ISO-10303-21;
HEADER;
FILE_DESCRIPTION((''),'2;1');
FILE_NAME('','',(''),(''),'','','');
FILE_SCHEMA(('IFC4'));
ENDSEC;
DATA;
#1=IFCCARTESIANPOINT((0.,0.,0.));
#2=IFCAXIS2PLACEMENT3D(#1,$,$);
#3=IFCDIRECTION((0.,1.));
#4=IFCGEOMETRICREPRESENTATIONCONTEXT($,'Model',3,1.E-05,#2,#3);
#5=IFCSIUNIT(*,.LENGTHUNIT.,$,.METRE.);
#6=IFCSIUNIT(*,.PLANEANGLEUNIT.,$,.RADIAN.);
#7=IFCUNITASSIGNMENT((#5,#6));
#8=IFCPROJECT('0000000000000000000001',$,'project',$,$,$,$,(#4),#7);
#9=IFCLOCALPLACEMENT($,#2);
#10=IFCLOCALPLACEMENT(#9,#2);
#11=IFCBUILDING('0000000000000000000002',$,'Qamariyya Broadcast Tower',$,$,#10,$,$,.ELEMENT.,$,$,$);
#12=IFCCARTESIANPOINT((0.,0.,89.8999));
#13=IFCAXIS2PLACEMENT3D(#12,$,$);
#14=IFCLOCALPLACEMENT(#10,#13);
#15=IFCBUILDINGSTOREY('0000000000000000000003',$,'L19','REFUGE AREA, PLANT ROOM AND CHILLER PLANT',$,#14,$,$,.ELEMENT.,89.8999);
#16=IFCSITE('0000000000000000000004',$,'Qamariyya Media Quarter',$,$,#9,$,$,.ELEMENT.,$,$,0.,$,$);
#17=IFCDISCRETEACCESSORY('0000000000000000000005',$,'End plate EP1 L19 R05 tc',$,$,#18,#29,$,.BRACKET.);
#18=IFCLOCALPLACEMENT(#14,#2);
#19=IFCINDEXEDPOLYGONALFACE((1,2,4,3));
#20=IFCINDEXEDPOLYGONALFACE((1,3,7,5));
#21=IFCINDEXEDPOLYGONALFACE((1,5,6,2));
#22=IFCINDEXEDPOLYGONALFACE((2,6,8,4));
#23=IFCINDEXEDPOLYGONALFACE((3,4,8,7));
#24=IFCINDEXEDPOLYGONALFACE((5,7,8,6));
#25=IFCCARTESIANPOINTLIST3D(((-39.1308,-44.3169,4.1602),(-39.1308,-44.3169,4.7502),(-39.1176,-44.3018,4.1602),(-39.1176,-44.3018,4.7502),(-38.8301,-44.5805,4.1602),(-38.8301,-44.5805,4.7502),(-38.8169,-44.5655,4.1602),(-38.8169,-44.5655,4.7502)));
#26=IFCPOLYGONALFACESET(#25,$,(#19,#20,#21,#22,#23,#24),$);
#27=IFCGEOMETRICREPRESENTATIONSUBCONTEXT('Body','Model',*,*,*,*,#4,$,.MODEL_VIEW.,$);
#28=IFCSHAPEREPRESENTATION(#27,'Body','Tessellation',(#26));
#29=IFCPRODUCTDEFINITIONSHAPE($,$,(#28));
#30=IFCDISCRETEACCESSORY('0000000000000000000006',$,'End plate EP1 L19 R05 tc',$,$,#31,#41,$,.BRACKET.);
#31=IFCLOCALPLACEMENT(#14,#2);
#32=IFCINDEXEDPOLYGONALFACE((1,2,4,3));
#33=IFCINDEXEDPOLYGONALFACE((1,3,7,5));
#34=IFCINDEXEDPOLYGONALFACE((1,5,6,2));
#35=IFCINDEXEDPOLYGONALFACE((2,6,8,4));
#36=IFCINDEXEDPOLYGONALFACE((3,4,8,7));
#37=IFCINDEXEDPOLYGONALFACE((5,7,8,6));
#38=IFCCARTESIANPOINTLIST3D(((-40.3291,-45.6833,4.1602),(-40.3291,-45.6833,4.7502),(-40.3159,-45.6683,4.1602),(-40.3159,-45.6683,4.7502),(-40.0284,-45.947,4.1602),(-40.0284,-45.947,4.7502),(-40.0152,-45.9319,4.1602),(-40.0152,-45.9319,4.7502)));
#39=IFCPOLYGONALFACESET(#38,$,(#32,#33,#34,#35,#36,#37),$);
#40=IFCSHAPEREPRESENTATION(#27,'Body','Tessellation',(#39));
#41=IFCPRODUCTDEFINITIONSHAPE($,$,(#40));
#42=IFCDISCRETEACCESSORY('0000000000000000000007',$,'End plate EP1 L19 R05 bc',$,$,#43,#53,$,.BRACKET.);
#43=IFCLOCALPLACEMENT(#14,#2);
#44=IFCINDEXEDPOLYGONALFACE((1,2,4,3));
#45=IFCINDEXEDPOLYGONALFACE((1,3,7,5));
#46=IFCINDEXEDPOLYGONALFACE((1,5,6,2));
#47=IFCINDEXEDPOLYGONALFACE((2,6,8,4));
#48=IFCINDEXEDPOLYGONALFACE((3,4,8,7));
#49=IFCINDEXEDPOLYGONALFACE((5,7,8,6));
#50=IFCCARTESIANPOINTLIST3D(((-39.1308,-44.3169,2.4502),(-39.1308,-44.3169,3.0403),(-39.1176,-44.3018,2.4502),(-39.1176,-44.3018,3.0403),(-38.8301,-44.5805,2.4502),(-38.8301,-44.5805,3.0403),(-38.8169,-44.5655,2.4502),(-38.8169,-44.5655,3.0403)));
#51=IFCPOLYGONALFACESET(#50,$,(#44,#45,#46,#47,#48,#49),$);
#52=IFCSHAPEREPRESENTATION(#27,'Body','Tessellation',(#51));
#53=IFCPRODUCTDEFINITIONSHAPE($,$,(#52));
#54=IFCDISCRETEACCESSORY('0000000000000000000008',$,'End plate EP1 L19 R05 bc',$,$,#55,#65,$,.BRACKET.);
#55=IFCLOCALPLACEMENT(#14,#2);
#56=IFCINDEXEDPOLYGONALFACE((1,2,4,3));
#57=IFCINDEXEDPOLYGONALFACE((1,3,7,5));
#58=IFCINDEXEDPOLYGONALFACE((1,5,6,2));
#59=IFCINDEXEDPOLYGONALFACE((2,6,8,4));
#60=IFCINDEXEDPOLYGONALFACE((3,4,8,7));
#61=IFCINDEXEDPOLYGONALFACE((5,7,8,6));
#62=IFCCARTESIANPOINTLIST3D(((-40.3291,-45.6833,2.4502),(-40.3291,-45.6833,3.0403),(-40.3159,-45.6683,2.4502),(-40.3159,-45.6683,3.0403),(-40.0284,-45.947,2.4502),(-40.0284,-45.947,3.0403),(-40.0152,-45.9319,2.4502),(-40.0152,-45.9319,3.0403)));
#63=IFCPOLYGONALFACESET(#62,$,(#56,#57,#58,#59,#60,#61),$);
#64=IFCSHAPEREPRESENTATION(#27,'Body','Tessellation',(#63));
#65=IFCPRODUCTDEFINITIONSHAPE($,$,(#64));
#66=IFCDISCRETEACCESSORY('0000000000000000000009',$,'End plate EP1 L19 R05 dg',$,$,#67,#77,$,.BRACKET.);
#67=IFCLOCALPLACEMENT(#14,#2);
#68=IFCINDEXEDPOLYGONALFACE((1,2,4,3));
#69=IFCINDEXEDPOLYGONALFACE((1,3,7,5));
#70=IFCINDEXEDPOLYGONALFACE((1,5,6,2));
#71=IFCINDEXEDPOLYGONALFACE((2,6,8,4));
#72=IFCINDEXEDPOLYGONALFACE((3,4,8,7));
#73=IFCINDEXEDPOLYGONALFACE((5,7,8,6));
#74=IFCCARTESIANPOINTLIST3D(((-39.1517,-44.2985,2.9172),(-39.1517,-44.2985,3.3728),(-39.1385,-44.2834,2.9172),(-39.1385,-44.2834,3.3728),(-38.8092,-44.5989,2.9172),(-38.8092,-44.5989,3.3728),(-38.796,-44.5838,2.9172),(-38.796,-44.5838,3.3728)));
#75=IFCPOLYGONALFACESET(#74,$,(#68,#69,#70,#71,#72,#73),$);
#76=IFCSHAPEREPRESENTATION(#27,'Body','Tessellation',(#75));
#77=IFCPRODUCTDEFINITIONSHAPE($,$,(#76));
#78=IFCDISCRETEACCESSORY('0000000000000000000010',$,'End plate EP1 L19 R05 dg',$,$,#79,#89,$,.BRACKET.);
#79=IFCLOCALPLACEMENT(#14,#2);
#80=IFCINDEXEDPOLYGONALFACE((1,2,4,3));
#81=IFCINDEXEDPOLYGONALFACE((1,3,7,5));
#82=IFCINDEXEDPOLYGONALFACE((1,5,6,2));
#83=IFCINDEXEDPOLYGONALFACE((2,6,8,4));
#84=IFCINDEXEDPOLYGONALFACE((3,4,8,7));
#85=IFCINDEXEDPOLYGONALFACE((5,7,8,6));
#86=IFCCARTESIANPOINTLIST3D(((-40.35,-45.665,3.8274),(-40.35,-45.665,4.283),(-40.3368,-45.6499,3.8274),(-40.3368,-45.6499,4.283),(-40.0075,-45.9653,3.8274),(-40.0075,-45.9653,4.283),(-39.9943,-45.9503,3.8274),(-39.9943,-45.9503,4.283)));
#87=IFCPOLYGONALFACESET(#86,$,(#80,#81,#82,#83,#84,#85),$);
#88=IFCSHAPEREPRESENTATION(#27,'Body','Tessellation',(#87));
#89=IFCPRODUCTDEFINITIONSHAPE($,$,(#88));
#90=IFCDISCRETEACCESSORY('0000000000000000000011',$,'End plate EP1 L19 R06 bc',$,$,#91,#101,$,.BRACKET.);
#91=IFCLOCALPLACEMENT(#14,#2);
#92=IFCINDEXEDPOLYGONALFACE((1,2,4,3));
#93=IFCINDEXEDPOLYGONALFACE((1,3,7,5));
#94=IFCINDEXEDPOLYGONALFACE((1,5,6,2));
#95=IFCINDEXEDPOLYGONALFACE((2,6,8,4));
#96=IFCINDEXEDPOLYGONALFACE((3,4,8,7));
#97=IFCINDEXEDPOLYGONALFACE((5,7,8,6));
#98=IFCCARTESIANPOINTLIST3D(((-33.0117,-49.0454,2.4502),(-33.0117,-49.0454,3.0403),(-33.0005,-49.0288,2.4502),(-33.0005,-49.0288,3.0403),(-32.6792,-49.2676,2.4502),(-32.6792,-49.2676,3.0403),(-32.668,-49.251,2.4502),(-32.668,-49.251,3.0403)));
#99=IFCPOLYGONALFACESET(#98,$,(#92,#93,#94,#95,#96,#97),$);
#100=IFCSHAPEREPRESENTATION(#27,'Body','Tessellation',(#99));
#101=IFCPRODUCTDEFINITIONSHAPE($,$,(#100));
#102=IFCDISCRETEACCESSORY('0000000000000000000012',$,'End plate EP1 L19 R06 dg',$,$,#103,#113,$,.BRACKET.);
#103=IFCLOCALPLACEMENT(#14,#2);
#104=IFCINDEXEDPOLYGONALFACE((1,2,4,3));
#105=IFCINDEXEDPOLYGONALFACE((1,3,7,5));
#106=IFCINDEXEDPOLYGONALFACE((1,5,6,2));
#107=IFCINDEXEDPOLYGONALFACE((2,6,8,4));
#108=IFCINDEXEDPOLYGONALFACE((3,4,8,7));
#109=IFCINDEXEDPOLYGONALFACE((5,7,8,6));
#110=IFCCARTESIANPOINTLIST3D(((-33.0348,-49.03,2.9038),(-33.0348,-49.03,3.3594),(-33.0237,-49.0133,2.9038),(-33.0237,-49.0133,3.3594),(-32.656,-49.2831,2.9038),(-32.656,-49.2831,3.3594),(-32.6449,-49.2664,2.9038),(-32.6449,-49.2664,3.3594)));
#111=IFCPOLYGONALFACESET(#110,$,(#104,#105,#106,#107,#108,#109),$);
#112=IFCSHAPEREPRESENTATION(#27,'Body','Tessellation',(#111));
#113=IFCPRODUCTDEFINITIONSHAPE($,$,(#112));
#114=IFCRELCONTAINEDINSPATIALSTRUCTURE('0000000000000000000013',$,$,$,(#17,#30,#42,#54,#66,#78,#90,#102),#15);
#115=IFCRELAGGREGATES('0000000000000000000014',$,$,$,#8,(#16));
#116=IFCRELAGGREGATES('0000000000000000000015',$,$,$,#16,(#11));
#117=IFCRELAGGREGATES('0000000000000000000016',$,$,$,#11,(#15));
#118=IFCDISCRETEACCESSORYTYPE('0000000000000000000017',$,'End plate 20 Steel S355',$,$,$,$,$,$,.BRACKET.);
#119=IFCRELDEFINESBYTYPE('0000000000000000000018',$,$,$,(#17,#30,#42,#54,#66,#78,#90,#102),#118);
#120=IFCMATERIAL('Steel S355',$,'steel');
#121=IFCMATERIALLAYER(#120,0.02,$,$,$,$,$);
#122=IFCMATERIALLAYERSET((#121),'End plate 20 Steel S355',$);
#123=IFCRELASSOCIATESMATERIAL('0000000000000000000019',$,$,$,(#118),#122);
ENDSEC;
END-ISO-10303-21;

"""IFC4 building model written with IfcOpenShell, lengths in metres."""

from ifc_helpers import new_model, si_unit, direction, frame, origin, origin_2d, place, context, subcontext, project, spatial, rectangle, extrude, material, layer, layer_set, type_object, element, save


model = new_model("IFC4")

# Units and contexts
model_context = context("Model", 3, precision=1e-05, world=origin(), true_north=direction((0.0, 1.0)))
body_context = subcontext(model_context, "Body", "Model", "MODEL_VIEW")
ifc_project = project(units=[si_unit("LENGTHUNIT", "METRE"), si_unit("PLANEANGLEUNIT", "RADIAN")], contexts=[model_context])

# Site, building, storey
site_placement = place(None, origin())
site = spatial("IfcSite", under=ifc_project, at=site_placement, Name="Qamariyya Media Quarter", CompositionType="ELEMENT", RefElevation=0.0)
building_placement = place(site_placement, origin())
building = spatial("IfcBuilding", under=site, at=building_placement, Name="Qamariyya Broadcast Tower", CompositionType="ELEMENT")
storey_placement = place(building_placement, frame((0.0, 0.0, 89.8999)))
storey = spatial("IfcBuildingStorey", under=building, at=storey_placement, Name="L19", Description="REFUGE AREA, PLANT ROOM AND CHILLER PLANT", CompositionType="ELEMENT", Elevation=89.8999)

# Shared definitions
ifc_material_1 = material(Name="Steel S355", Category="steel")

# Discrete accessories
ifc_layer_1 = layer(ifc_material_1, 0.02)
ifc_layer_set_1 = layer_set([ifc_layer_1], Name="End plate 20 Steel S355")
discrete_accessory_type = type_object("IfcDiscreteAccessoryType", Name="End plate 20 Steel S355", PredefinedType="BRACKET", material=ifc_layer_set_1)
for number, where, z_axis, x_axis, name in (
    (1, (-38.9739, -44.4412, 4.1602), (0.0, 0.0, 1.0), (-0.75184, 0.659346, 0.0), "End plate EP1 L19 R05 tc"),
    (2, (-40.1721, -45.8076, 4.1602), (0.0, 0.0, 1.0), (-0.75184, 0.659346, 0.0), "End plate EP1 L19 R05 tc"),
    (3, (-38.9739, -44.4412, 2.4502), (0.0, 0.0, 1.0), (-0.75184, 0.659346, 0.0), "End plate EP1 L19 R05 bc"),
    (4, (-40.1721, -45.8076, 2.4502), (0.0, 0.0, 1.0), (-0.75184, 0.659346, 0.0), "End plate EP1 L19 R05 bc"),
):
    element("IfcDiscreteAccessory", number, at=place(storey_placement, frame(where, z_axis=z_axis, x_axis=x_axis)), inside=storey, type_object=discrete_accessory_type, Name=name, PredefinedType="BRACKET", context=body_context, shape_type="SweptSolid", body=[
        extrude(rectangle(XDim=0.3999, YDim=0.02, at=origin_2d()), origin(), (0.0, 0.0, 1.0), 0.5901),
    ])
for number, where, z_axis, x_axis, name in (
    (5, (-38.9739, -44.4412, 2.9172), (0.0, 0.0, 1.0), (-0.75184, 0.659346, 0.0), "End plate EP1 L19 R05 dg"),
    (6, (-40.1721, -45.8076, 3.8274), (0.0, 0.0, 1.0), (-0.75184, 0.659346, 0.0), "End plate EP1 L19 R05 dg"),
):
    element("IfcDiscreteAccessory", number, at=place(storey_placement, frame(where, z_axis=z_axis, x_axis=x_axis)), inside=storey, type_object=discrete_accessory_type, Name=name, PredefinedType="BRACKET", context=body_context, shape_type="SweptSolid", body=[
        extrude(rectangle(XDim=0.4556, YDim=0.02, at=origin_2d()), origin(), (0.0, 0.0, 1.0), 0.4556),
    ])
discrete_accessory_1_placement = place(storey_placement, frame((-32.8398, -49.1482, 2.4502), z_axis=(0.0, 0.0, 1.0), x_axis=(-0.83147, 0.55557, 0.0)))
element("IfcDiscreteAccessory", 7, at=discrete_accessory_1_placement, inside=storey, type_object=discrete_accessory_type, Name="End plate EP1 L19 R06 bc", PredefinedType="BRACKET", context=body_context, shape_type="SweptSolid", body=[
    extrude(rectangle(XDim=0.3999, YDim=0.02, at=origin_2d()), origin(), (0.0, 0.0, 1.0), 0.5901),
])
discrete_accessory_2_placement = place(storey_placement, frame((-32.8398, -49.1482, 2.9038), z_axis=(0.0, 0.0, 1.0), x_axis=(-0.83147, 0.55557, 0.0)))
element("IfcDiscreteAccessory", 8, at=discrete_accessory_2_placement, inside=storey, type_object=discrete_accessory_type, Name="End plate EP1 L19 R06 dg", PredefinedType="BRACKET", context=body_context, shape_type="SweptSolid", body=[
    extrude(rectangle(XDim=0.4556, YDim=0.02, at=origin_2d()), origin(), (0.0, 0.0, 1.0), 0.4556),
])

save(model, "model.ifc")
